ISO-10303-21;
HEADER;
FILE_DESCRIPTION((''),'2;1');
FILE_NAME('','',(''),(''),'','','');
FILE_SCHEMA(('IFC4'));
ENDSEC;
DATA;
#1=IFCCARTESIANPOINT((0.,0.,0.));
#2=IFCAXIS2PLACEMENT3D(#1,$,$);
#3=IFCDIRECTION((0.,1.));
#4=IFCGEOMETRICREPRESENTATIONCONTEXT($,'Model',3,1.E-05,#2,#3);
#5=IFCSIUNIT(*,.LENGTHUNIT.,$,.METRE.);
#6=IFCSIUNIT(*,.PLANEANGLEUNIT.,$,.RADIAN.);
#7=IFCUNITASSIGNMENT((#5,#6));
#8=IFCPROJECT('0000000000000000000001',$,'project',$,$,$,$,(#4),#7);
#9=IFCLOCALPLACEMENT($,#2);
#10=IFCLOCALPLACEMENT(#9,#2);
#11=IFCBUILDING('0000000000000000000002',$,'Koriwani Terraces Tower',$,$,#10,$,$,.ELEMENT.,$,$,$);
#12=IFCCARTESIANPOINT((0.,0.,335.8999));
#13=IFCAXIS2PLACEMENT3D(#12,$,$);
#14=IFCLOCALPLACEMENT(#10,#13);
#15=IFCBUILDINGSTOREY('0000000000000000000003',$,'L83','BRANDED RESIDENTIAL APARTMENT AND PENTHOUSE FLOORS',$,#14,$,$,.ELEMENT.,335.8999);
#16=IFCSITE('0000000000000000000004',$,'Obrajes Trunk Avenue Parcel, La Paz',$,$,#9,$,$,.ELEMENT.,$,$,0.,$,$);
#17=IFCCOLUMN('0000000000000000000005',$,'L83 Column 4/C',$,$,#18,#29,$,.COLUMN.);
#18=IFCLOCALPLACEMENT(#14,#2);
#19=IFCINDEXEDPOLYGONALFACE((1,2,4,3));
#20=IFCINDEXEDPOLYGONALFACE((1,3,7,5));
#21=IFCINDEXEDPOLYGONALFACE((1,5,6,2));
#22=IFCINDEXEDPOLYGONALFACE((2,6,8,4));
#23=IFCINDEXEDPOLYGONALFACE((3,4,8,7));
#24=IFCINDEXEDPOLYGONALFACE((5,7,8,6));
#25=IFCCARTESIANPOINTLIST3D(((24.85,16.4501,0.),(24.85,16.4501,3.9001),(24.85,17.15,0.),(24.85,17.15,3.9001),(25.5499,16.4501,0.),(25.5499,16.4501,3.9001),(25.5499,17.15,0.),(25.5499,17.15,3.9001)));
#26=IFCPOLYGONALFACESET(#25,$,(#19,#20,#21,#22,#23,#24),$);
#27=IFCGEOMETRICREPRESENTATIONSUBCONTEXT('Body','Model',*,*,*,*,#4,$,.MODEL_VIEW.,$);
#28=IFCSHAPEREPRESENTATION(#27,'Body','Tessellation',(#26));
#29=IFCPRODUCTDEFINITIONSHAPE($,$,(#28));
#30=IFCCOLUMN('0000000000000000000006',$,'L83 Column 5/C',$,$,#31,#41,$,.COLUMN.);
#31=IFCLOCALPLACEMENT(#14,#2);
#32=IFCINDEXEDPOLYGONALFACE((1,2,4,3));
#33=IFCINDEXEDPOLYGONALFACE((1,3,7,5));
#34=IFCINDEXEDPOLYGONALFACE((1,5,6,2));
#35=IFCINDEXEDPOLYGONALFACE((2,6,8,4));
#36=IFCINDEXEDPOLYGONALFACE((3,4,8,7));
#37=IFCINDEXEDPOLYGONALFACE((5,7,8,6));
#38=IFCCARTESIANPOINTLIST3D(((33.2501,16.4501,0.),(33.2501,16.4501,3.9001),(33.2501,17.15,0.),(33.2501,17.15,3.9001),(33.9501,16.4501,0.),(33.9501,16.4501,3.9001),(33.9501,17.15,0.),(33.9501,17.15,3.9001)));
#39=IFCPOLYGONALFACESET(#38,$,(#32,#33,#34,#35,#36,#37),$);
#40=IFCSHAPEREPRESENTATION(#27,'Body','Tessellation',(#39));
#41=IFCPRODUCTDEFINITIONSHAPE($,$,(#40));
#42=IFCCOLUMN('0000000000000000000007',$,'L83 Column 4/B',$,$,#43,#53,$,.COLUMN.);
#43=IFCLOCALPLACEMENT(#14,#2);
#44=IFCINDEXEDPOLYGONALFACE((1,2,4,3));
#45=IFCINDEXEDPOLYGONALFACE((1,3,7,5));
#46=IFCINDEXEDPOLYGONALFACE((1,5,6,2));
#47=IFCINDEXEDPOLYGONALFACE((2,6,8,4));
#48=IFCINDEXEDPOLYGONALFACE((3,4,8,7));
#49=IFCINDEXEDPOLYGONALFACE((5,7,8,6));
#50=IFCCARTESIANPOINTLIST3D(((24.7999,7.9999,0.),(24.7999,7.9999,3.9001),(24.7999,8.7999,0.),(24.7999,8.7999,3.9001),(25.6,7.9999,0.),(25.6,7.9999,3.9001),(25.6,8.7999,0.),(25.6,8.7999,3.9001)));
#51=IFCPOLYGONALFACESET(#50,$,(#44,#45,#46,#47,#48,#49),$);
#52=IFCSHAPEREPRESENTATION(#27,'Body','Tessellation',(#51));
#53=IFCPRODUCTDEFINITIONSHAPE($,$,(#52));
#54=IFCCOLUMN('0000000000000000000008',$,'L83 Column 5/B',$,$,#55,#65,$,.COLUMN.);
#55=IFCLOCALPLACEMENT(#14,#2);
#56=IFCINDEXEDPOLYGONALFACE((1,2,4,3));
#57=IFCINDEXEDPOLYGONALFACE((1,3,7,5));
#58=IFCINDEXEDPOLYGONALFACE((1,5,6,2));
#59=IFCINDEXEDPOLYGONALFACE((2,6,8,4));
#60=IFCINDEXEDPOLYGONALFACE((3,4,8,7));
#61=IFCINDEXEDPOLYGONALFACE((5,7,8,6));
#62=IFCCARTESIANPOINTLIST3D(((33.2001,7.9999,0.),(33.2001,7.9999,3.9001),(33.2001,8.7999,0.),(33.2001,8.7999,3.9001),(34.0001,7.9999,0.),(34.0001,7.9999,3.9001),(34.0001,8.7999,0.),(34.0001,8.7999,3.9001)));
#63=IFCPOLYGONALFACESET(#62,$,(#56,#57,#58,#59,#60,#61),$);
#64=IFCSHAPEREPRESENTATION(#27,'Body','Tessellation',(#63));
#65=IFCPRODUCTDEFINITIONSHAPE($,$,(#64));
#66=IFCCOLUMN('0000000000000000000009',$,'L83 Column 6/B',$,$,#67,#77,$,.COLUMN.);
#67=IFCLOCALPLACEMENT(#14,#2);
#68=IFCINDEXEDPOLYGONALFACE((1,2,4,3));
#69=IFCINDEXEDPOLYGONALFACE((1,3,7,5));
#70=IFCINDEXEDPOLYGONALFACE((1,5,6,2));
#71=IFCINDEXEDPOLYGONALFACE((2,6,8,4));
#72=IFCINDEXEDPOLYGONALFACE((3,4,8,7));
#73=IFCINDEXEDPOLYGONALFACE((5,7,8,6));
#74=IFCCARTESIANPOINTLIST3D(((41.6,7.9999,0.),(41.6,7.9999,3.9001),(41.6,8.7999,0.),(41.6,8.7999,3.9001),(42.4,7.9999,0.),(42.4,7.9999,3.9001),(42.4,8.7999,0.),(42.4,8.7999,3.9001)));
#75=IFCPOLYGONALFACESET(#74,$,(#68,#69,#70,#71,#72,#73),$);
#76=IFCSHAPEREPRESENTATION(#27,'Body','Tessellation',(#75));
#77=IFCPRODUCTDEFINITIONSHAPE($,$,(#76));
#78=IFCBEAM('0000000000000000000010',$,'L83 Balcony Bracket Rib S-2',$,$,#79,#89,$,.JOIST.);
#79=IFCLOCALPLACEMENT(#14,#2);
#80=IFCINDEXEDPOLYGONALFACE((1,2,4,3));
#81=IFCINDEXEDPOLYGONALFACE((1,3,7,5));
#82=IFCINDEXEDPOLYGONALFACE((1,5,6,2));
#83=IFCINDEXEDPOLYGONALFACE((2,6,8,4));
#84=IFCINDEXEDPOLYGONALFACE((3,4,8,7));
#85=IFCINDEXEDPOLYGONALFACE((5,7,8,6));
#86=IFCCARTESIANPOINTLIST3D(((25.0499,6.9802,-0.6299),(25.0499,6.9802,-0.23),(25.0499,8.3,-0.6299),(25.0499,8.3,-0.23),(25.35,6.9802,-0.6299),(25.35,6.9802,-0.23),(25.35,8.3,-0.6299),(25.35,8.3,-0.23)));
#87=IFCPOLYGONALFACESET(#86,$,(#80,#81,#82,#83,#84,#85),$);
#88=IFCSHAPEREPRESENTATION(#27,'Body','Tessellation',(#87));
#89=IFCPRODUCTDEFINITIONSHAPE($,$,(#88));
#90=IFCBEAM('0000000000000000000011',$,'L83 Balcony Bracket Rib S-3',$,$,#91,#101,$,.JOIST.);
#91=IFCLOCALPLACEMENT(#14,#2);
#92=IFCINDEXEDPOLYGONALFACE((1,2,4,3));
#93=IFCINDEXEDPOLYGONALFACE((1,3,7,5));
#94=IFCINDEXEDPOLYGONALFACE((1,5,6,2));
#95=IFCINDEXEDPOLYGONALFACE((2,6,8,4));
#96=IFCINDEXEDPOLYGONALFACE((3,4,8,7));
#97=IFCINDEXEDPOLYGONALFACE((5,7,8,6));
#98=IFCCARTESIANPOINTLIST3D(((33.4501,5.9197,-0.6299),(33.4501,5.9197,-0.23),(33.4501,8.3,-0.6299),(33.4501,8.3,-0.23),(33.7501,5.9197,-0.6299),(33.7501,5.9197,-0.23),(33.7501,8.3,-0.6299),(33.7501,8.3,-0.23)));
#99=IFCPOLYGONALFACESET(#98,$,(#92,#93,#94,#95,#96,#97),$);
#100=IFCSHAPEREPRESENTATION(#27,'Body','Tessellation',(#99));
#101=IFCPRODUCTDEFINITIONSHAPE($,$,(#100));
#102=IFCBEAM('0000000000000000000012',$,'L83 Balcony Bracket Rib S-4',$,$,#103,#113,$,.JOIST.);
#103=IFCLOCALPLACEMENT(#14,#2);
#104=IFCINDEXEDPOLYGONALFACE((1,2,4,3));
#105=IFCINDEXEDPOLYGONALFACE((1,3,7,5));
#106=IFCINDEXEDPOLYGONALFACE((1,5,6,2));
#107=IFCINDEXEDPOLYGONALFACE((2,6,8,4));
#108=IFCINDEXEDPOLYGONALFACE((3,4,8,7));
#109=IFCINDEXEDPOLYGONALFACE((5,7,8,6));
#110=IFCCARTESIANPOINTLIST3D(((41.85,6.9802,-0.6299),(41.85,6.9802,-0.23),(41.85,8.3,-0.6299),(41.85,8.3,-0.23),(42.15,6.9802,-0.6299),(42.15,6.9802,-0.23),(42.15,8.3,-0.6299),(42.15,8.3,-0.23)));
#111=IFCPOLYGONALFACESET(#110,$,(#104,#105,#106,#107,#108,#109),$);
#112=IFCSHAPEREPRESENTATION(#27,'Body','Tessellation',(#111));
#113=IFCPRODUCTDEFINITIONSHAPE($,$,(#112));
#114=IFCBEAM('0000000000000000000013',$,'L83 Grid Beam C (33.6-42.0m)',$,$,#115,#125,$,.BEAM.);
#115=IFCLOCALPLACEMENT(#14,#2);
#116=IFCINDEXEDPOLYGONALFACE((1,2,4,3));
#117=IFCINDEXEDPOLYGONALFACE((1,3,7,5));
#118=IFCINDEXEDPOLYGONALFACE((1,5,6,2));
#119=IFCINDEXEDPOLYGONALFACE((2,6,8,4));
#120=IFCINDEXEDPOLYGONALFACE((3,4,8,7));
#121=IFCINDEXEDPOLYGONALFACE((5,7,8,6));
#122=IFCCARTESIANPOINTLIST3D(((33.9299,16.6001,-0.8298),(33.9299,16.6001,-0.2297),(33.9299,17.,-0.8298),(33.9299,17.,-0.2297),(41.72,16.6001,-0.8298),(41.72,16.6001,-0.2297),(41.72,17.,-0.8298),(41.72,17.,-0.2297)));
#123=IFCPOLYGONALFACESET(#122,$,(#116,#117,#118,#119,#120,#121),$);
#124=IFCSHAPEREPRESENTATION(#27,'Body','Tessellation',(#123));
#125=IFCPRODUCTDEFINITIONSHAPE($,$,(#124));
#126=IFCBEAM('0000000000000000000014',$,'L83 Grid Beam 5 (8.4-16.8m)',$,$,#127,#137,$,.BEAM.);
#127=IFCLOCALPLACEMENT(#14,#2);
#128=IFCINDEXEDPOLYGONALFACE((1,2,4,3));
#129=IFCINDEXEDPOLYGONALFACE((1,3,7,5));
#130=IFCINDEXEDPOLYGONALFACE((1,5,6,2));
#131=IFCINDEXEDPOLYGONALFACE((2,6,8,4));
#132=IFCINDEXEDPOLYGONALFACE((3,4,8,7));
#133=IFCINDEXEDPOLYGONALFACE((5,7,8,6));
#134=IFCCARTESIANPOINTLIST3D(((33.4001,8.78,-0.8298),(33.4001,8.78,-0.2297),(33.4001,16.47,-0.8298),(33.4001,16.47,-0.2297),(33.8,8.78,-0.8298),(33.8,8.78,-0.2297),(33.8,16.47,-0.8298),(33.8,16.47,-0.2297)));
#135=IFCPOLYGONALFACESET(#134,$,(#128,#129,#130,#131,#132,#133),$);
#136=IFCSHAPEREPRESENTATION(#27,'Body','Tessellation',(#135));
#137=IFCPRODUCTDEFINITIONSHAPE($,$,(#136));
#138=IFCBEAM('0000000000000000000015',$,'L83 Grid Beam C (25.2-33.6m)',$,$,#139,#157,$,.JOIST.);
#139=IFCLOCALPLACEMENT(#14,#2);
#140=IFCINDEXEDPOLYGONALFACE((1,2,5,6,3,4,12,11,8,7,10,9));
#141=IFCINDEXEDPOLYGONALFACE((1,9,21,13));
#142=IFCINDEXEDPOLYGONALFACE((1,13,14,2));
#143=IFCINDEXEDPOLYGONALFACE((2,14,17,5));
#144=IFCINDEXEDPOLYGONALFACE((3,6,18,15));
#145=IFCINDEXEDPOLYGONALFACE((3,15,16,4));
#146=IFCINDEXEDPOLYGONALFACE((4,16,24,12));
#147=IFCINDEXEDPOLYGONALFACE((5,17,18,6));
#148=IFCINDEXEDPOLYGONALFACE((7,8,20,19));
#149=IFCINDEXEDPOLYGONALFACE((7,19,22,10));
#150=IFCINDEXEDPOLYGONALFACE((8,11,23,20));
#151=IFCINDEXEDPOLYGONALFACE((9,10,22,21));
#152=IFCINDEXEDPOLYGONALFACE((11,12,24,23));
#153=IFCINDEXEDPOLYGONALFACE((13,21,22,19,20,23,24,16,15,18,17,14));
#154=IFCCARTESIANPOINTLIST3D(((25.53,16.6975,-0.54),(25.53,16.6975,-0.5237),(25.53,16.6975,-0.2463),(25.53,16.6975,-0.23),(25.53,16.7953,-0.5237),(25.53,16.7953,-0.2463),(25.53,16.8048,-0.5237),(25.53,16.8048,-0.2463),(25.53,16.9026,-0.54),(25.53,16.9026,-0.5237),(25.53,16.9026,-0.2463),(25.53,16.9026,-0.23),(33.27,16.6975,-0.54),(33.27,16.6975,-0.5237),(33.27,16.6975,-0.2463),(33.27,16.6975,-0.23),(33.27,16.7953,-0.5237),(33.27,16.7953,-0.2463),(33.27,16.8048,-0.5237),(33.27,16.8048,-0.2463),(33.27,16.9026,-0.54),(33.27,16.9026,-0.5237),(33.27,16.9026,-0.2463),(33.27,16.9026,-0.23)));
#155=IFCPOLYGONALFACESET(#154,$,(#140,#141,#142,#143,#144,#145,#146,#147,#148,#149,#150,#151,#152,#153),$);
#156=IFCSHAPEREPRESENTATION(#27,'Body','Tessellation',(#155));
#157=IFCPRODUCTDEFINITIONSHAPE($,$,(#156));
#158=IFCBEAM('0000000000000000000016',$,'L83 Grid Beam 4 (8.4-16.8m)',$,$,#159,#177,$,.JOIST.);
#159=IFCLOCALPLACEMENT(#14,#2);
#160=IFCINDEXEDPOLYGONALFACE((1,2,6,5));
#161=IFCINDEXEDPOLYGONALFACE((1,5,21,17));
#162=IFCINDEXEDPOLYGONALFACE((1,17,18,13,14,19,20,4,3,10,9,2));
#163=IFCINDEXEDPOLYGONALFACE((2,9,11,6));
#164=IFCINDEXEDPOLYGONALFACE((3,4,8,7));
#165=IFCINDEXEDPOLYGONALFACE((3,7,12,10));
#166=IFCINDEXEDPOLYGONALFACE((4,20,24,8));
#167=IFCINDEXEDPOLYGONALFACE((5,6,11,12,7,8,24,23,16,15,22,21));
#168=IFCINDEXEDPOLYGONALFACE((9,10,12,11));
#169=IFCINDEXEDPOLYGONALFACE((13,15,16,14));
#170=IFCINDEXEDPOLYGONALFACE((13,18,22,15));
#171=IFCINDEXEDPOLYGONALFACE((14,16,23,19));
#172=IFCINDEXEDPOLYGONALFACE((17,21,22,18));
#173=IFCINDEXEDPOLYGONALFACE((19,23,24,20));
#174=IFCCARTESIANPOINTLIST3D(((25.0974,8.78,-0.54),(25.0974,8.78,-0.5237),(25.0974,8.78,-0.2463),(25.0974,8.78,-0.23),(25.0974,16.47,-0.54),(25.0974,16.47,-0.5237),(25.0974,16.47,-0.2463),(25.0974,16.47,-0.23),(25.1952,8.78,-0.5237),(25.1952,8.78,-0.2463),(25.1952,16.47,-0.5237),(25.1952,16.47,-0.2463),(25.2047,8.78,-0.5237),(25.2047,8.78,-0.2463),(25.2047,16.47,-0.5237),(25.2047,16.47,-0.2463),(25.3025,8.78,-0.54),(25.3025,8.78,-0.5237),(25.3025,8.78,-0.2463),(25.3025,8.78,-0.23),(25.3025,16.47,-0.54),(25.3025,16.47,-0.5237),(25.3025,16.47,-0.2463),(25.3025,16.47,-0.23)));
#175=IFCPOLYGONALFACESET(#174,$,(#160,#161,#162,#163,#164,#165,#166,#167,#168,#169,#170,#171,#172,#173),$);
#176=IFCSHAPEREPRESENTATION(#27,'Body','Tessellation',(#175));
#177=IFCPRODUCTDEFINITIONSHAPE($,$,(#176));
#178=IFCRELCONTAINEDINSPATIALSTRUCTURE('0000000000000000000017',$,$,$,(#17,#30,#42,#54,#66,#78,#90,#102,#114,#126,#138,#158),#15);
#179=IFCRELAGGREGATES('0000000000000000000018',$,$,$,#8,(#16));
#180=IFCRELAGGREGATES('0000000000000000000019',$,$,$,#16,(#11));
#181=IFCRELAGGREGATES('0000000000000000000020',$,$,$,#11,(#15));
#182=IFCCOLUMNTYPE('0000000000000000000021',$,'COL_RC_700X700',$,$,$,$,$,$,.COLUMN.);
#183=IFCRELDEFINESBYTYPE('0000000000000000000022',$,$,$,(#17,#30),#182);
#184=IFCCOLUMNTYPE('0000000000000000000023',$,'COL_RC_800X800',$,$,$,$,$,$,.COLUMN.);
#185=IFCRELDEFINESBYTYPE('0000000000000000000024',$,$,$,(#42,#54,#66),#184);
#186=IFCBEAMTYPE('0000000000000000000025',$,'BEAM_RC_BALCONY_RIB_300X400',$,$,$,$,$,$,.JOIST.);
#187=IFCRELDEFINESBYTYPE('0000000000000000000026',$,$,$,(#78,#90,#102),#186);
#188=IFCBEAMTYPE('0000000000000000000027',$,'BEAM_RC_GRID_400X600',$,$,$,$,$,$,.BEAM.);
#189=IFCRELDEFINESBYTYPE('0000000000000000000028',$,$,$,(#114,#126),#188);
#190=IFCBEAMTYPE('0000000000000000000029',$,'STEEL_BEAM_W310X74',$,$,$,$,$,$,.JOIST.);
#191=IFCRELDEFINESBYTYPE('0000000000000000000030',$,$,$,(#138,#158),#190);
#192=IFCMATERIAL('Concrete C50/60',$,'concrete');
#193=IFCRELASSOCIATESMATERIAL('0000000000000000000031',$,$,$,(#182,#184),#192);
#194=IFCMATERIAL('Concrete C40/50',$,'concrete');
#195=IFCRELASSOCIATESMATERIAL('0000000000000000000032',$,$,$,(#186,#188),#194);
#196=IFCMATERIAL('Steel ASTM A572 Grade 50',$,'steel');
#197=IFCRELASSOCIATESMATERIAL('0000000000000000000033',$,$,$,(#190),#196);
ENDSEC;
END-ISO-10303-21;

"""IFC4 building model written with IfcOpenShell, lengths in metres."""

from ifc_helpers import new_model, si_unit, direction, frame, origin, origin_2d, place, context, subcontext, project, spatial, rectangle, i_section, extrude, material, material_profile, profile_set, type_object, element, save


model = new_model("IFC4")

# Units and contexts
model_context = context("Model", 3, precision=1e-05, world=origin(), true_north=direction((0.0, 1.0)))
body_context = subcontext(model_context, "Body", "Model", "MODEL_VIEW")
ifc_project = project(units=[si_unit("LENGTHUNIT", "METRE"), si_unit("PLANEANGLEUNIT", "RADIAN")], contexts=[model_context])

# Site, building, storey
site_placement = place(None, origin())
site = spatial("IfcSite", under=ifc_project, at=site_placement, Name="Obrajes Trunk Avenue Parcel, La Paz", CompositionType="ELEMENT", RefElevation=0.0)
building_placement = place(site_placement, origin())
building = spatial("IfcBuilding", under=site, at=building_placement, Name="Koriwani Terraces Tower", CompositionType="ELEMENT")
storey_placement = place(building_placement, frame((0.0, 0.0, 335.8999)))
storey = spatial("IfcBuildingStorey", under=building, at=storey_placement, Name="L83", Description="BRANDED RESIDENTIAL APARTMENT AND PENTHOUSE FLOORS", CompositionType="ELEMENT", Elevation=335.8999)

# Columns
ifc_material_1 = material(Name="Concrete C50/60", Category="concrete")
ifc_material_profile_1 = material_profile(ifc_material_1, rectangle(XDim=0.7, YDim=0.7, at=origin_2d()), Name="Concrete C50/60", Category="LoadBearing")
ifc_profile_set_1 = profile_set([ifc_material_profile_1], Name="Concrete C50/60")
column_type_1 = type_object("IfcColumnType", Name="COL_RC_700X700", PredefinedType="COLUMN", material=ifc_profile_set_1)
for number, where, z_axis, x_axis, name in (
    (1, (25.2, 16.8, 0.0), (0.0, 0.0, 1.0), (1.0, 0.0, 0.0), "L83 Column 4/C"),
    (2, (33.6001, 16.8, 0.0), (0.0, 0.0, 1.0), (1.0, 0.0, 0.0), "L83 Column 5/C"),
):
    element("IfcColumn", number, at=place(storey_placement, frame(where, z_axis=z_axis, x_axis=x_axis)), inside=storey, type_object=column_type_1, Name=name, PredefinedType="COLUMN", context=body_context, shape_type="SweptSolid", body=[
        extrude(rectangle(XDim=0.7, YDim=0.7, at=origin_2d()), origin(), (0.0, 0.0, 1.0), 3.9001),
    ])
ifc_material_profile_2 = material_profile(ifc_material_1, rectangle(XDim=0.8, YDim=0.8, at=origin_2d()), Name="Concrete C50/60", Category="LoadBearing")
ifc_profile_set_2 = profile_set([ifc_material_profile_2], Name="Concrete C50/60")
column_type_2 = type_object("IfcColumnType", Name="COL_RC_800X800", PredefinedType="COLUMN", material=ifc_profile_set_2)
for number, where, z_axis, x_axis, name in (
    (3, (25.2, 8.3999, 0.0), (0.0, 0.0, 1.0), (1.0, 0.0, 0.0), "L83 Column 4/B"),
    (4, (33.6001, 8.3999, 0.0), (0.0, 0.0, 1.0), (1.0, 0.0, 0.0), "L83 Column 5/B"),
    (5, (42.0, 8.3999, 0.0), (0.0, 0.0, 1.0), (1.0, 0.0, 0.0), "L83 Column 6/B"),
):
    element("IfcColumn", number, at=place(storey_placement, frame(where, z_axis=z_axis, x_axis=x_axis)), inside=storey, type_object=column_type_2, Name=name, PredefinedType="COLUMN", context=body_context, shape_type="SweptSolid", body=[
        extrude(rectangle(XDim=0.8, YDim=0.8, at=origin_2d()), origin(), (0.0, 0.0, 1.0), 3.9001),
    ])

# Beams
ifc_material_2 = material(Name="Concrete C40/50", Category="concrete")
ifc_material_profile_3 = material_profile(ifc_material_2, rectangle(XDim=0.3, YDim=0.3999, at=origin_2d()), Name="Concrete C40/50", Category="LoadBearing")
ifc_profile_set_3 = profile_set([ifc_material_profile_3], Name="Concrete C40/50")
beam_type_1 = type_object("IfcBeamType", Name="BEAM_RC_BALCONY_RIB_300X400", PredefinedType="JOIST", material=ifc_profile_set_3)
beam_1_placement = place(storey_placement, frame((25.2, 6.9802, -0.4299), z_axis=(0.0, 1.0, 0.0), x_axis=(-1.0, 0.0, 0.0)))
element("IfcBeam", 6, at=beam_1_placement, inside=storey, type_object=beam_type_1, Name="L83 Balcony Bracket Rib S-2", PredefinedType="JOIST", context=body_context, shape_type="SweptSolid", body=[
    extrude(rectangle(XDim=0.3, YDim=0.3999, at=origin_2d()), origin(), (0.0, 0.0, 1.0), 1.3198),
])
beam_2_placement = place(storey_placement, frame((33.6001, 5.9197, -0.4299), z_axis=(0.0, 1.0, 0.0), x_axis=(-1.0, 0.0, 0.0)))
element("IfcBeam", 7, at=beam_2_placement, inside=storey, type_object=beam_type_1, Name="L83 Balcony Bracket Rib S-3", PredefinedType="JOIST", context=body_context, shape_type="SweptSolid", body=[
    extrude(rectangle(XDim=0.3, YDim=0.3999, at=origin_2d()), origin(), (0.0, 0.0, 1.0), 2.3804),
])
beam_3_placement = place(storey_placement, frame((42.0, 6.9802, -0.4299), z_axis=(0.0, 1.0, 0.0), x_axis=(-1.0, 0.0, 0.0)))
element("IfcBeam", 8, at=beam_3_placement, inside=storey, type_object=beam_type_1, Name="L83 Balcony Bracket Rib S-4", PredefinedType="JOIST", context=body_context, shape_type="SweptSolid", body=[
    extrude(rectangle(XDim=0.3, YDim=0.3999, at=origin_2d()), origin(), (0.0, 0.0, 1.0), 1.3198),
])
ifc_material_profile_4 = material_profile(ifc_material_2, rectangle(XDim=0.3999, YDim=0.6001, at=origin_2d()), Name="Concrete C40/50", Category="LoadBearing")
ifc_profile_set_4 = profile_set([ifc_material_profile_4], Name="Concrete C40/50")
beam_type_2 = type_object("IfcBeamType", Name="BEAM_RC_GRID_400X600", PredefinedType="BEAM", material=ifc_profile_set_4)
beam_4_placement = place(storey_placement, frame((33.9299, 16.8, -0.5298), z_axis=(1.0, 0.0, 0.0), x_axis=(0.0, 1.0, 0.0)))
element("IfcBeam", 9, at=beam_4_placement, inside=storey, type_object=beam_type_2, Name="L83 Grid Beam C (33.6-42.0m)", PredefinedType="BEAM", context=body_context, shape_type="SweptSolid", body=[
    extrude(rectangle(XDim=0.3999, YDim=0.6001, at=origin_2d()), origin(), (0.0, 0.0, 1.0), 7.79),
])
beam_5_placement = place(storey_placement, frame((33.6001, 8.78, -0.5298), z_axis=(0.0, 1.0, 0.0), x_axis=(-1.0, 0.0, 0.0)))
element("IfcBeam", 10, at=beam_5_placement, inside=storey, type_object=beam_type_2, Name="L83 Grid Beam 5 (8.4-16.8m)", PredefinedType="BEAM", context=body_context, shape_type="SweptSolid", body=[
    extrude(rectangle(XDim=0.3999, YDim=0.6001, at=origin_2d()), origin(), (0.0, 0.0, 1.0), 7.6899),
])
ifc_material_3 = material(Name="Steel ASTM A572 Grade 50", Category="steel")
ifc_material_profile_5 = material_profile(ifc_material_3, i_section(OverallWidth=0.2051, OverallDepth=0.3101, WebThickness=0.0095, FlangeThickness=0.0164, at=origin_2d()), Name="Steel ASTM A572 Grade 50", Category="LoadBearing")
ifc_profile_set_5 = profile_set([ifc_material_profile_5], Name="Steel ASTM A572 Grade 50")
beam_type_3 = type_object("IfcBeamType", Name="STEEL_BEAM_W310X74", PredefinedType="JOIST", material=ifc_profile_set_5)
beam_6_placement = place(storey_placement, frame((25.53, 16.8, -0.385), z_axis=(1.0, 0.0, 0.0), x_axis=(0.0, 1.0, 0.0)))
element("IfcBeam", 11, at=beam_6_placement, inside=storey, type_object=beam_type_3, Name="L83 Grid Beam C (25.2-33.6m)", PredefinedType="JOIST", context=body_context, shape_type="SweptSolid", body=[
    extrude(i_section(OverallWidth=0.2051, OverallDepth=0.3101, WebThickness=0.0095, FlangeThickness=0.0164, at=origin_2d()), origin(), (0.0, 0.0, 1.0), 7.74),
])
beam_7_placement = place(storey_placement, frame((25.2, 8.78, -0.385), z_axis=(0.0, 1.0, 0.0), x_axis=(-1.0, 0.0, 0.0)))
element("IfcBeam", 12, at=beam_7_placement, inside=storey, type_object=beam_type_3, Name="L83 Grid Beam 4 (8.4-16.8m)", PredefinedType="JOIST", context=body_context, shape_type="SweptSolid", body=[
    extrude(i_section(OverallWidth=0.2051, OverallDepth=0.3101, WebThickness=0.0095, FlangeThickness=0.0164, at=origin_2d()), origin(), (0.0, 0.0, 1.0), 7.6899),
])

save(model, "model.ifc")
